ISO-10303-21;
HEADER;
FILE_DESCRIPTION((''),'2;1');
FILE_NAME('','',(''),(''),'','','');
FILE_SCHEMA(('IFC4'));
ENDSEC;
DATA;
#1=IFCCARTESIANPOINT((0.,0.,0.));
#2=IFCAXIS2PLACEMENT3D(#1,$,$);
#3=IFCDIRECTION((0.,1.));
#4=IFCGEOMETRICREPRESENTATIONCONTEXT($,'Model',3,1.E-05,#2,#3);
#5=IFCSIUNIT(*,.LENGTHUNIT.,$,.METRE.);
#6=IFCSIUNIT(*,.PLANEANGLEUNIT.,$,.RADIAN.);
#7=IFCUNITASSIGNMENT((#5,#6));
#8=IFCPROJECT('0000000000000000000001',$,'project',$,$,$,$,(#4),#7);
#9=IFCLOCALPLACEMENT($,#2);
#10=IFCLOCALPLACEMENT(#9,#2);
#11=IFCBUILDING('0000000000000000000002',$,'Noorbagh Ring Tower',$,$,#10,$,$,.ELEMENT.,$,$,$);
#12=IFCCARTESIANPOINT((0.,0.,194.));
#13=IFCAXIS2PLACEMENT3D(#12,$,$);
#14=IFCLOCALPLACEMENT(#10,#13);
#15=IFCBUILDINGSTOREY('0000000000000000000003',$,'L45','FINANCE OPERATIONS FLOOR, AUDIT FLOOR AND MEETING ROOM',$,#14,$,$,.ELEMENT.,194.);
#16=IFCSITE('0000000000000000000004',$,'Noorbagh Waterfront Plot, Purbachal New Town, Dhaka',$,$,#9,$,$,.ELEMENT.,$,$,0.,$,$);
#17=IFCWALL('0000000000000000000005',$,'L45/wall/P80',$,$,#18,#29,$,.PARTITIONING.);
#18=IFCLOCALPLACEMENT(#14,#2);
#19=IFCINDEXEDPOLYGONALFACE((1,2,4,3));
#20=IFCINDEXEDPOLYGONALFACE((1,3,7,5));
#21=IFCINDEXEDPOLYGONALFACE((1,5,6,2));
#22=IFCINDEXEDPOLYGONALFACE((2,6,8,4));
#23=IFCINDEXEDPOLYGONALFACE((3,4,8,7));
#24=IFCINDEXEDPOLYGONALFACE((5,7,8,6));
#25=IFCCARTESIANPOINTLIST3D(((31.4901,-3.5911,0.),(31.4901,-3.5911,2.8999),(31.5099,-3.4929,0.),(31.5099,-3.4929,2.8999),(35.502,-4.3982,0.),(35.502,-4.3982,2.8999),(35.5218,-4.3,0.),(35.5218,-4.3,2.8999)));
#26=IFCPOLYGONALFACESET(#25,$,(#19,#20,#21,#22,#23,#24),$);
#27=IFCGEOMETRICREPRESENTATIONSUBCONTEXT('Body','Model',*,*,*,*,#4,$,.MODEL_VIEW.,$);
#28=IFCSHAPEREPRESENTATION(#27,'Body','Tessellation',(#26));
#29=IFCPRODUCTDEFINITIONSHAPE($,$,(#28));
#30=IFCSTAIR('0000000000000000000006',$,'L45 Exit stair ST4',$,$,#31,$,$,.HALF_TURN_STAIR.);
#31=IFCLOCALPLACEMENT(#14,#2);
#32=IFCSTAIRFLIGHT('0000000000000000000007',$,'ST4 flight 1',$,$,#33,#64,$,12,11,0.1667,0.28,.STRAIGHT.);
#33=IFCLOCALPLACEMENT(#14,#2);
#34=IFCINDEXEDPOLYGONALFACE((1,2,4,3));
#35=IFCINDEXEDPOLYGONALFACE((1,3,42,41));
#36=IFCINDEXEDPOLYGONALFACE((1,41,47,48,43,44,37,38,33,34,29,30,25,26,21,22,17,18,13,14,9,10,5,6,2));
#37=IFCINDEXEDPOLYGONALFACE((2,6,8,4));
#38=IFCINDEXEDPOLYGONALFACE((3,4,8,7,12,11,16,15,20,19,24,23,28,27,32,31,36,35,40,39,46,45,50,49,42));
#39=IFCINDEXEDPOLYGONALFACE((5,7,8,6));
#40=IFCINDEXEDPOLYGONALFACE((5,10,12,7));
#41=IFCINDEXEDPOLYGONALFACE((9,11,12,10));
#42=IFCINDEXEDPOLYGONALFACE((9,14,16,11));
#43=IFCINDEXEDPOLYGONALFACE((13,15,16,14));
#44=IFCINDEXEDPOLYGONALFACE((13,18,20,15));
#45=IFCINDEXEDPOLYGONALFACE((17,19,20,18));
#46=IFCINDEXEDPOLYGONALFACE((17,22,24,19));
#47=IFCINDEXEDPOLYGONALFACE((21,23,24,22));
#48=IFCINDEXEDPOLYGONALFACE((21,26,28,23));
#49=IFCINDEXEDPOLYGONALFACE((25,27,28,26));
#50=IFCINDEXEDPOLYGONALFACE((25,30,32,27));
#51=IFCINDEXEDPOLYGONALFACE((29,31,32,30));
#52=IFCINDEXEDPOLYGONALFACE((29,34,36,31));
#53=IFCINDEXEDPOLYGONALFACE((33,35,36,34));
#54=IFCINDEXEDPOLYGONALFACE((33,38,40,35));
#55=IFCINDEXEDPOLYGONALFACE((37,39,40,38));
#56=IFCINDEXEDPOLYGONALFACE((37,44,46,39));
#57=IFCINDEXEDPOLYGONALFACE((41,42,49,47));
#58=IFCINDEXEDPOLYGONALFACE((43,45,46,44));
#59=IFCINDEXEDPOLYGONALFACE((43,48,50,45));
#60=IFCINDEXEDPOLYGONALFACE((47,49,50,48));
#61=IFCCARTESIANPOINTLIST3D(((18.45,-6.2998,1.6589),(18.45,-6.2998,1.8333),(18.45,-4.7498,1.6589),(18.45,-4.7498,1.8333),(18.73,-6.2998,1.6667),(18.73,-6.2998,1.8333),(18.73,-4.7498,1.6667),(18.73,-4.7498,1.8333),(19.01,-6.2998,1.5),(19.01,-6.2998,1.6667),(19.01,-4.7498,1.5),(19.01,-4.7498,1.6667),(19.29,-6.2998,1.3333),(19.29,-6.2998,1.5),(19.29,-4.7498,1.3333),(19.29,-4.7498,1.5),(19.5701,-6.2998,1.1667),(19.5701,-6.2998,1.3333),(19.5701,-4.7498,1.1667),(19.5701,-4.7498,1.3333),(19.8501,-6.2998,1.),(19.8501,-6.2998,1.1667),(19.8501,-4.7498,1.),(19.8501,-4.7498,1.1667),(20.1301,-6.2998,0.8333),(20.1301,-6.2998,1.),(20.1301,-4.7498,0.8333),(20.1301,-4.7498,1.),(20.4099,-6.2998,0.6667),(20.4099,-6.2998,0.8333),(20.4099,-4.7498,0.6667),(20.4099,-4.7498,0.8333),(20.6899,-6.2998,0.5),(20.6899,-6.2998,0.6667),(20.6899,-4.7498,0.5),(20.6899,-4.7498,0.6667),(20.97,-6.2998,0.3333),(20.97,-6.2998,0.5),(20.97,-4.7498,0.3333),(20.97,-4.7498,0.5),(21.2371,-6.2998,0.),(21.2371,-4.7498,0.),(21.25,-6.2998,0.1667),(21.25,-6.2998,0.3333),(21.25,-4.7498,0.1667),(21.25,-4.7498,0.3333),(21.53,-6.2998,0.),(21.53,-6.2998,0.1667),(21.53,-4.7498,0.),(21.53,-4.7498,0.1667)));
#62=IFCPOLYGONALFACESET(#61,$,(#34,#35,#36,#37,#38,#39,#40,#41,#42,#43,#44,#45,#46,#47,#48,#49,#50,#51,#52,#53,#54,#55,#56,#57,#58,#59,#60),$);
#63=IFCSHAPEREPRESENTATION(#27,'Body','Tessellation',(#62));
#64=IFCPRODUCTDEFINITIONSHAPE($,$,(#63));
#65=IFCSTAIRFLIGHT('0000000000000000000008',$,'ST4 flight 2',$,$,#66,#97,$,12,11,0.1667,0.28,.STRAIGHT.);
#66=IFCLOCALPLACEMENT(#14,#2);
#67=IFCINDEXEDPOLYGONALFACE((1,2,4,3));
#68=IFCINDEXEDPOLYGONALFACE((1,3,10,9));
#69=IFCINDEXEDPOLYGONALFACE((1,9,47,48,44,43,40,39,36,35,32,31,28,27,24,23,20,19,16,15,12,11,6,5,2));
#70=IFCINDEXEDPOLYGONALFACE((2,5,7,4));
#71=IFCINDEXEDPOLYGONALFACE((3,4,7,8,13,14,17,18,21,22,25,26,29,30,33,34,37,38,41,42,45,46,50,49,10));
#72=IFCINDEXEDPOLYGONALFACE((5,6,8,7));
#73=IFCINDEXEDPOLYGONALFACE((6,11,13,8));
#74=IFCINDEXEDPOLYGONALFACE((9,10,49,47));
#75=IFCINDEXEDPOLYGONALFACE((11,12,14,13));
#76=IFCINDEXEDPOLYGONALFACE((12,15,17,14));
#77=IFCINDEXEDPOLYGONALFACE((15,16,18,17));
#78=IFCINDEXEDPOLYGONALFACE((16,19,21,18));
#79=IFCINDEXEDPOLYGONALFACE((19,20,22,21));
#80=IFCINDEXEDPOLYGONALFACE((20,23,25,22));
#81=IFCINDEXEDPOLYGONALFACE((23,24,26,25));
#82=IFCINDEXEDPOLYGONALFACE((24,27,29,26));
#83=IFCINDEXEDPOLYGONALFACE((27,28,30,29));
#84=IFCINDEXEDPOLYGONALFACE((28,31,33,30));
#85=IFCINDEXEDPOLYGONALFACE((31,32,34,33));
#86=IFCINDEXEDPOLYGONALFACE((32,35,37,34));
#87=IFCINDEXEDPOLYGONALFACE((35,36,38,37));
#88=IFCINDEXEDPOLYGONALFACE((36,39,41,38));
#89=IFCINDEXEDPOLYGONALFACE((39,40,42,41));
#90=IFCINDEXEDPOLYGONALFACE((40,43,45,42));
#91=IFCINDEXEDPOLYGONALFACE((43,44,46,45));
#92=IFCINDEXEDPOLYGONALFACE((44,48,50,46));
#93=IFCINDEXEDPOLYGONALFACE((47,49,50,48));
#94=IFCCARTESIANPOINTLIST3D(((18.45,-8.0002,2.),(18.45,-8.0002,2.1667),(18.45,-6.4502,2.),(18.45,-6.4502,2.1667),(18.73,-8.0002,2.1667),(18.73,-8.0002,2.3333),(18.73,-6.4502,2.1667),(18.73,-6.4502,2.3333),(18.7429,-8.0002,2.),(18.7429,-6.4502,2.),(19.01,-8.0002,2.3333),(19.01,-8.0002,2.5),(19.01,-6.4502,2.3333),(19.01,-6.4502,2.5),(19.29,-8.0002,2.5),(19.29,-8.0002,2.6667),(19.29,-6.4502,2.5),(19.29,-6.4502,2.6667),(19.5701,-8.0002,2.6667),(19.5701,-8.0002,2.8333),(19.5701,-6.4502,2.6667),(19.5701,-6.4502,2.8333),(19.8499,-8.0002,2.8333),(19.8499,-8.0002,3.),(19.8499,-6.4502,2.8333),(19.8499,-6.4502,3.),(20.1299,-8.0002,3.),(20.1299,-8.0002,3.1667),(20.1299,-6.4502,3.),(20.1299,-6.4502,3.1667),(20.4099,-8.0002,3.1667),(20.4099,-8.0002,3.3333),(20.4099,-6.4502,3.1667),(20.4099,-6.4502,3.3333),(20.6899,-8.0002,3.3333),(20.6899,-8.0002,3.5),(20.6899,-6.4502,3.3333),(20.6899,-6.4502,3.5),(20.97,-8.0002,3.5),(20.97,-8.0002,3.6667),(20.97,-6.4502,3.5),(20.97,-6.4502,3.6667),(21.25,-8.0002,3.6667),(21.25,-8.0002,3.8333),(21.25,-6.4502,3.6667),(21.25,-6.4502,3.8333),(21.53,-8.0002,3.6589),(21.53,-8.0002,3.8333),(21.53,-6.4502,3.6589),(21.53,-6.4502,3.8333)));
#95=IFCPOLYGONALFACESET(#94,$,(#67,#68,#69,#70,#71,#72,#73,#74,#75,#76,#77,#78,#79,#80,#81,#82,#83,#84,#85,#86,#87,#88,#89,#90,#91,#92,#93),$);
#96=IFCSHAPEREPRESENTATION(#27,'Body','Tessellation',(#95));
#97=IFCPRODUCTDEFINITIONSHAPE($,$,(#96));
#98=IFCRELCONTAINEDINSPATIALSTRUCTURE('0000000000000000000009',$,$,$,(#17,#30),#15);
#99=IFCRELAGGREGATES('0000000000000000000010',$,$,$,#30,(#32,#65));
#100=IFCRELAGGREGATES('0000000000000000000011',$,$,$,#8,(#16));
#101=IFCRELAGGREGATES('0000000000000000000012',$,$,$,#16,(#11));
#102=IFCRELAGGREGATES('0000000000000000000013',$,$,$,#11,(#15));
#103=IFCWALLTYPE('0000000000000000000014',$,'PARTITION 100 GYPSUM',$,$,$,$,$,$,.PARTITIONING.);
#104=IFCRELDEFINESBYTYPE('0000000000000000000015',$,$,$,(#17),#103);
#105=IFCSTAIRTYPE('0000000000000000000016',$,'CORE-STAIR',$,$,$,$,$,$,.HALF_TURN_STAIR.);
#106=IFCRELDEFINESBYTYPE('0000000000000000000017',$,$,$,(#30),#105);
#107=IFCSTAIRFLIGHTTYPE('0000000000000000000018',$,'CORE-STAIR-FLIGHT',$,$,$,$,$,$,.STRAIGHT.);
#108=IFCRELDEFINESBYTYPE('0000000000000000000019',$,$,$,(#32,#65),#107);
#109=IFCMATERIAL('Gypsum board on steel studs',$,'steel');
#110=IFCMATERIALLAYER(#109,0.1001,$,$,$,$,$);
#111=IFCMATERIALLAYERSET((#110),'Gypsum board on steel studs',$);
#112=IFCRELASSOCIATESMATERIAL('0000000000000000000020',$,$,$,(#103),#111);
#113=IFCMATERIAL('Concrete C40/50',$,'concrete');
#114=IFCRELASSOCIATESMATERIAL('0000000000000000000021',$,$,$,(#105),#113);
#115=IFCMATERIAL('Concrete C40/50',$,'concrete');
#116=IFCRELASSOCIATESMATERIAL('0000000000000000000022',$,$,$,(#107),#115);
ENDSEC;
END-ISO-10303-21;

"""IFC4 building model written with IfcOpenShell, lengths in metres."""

from ifc_helpers import new_model, si_unit, direction, frame, frame_2d, origin, place, context, subcontext, project, spatial, polyline, rectangle, outline, extrude, material, layer, layer_set, type_object, element, aggregate, save


model = new_model("IFC4")

# Units and contexts
model_context = context("Model", 3, precision=1e-05, world=origin(), true_north=direction((0.0, 1.0)))
body_context = subcontext(model_context, "Body", "Model", "MODEL_VIEW")
ifc_project = project(units=[si_unit("LENGTHUNIT", "METRE"), si_unit("PLANEANGLEUNIT", "RADIAN")], contexts=[model_context])

# Site, building, storey
site_placement = place(None, origin())
site = spatial("IfcSite", under=ifc_project, at=site_placement, Name="Noorbagh Waterfront Plot, Purbachal New Town, Dhaka", CompositionType="ELEMENT", RefElevation=0.0)
building_placement = place(site_placement, origin())
building = spatial("IfcBuilding", under=site, at=building_placement, Name="Noorbagh Ring Tower", CompositionType="ELEMENT")
storey_placement = place(building_placement, frame((0.0, 0.0, 194.0)))
storey = spatial("IfcBuildingStorey", under=building, at=storey_placement, Name="L45", Description="FINANCE OPERATIONS FLOOR, AUDIT FLOOR AND MEETING ROOM", CompositionType="ELEMENT", Elevation=194.0)

# Wall
ifc_material_1 = material(Name="Gypsum board on steel studs", Category="steel")
ifc_layer_1 = layer(ifc_material_1, 0.1001)
ifc_layer_set_1 = layer_set([ifc_layer_1], Name="Gypsum board on steel studs")
wall_type_1 = type_object("IfcWallType", Name="PARTITION 100 GYPSUM", PredefinedType="PARTITIONING", material=ifc_layer_set_1)
wall_1_placement = place(storey_placement, frame((31.5, -3.542, 0.0), z_axis=(0.0, 0.0, 1.0), x_axis=(0.980357, -0.197229, 0.0)))
element("IfcWall", 1, at=wall_1_placement, inside=storey, type_object=wall_type_1, Name="L45/wall/P80", PredefinedType="PARTITIONING", context=body_context, shape_type="SweptSolid", body=[
    extrude(rectangle(XDim=4.0923, YDim=0.1001, at=frame_2d((2.0461, 0.0))), origin(), (0.0, 0.0, 1.0), 2.8999),
])

# Stair, stair flights
ifc_material_2 = material(Name="Concrete C40/50", Category="concrete")
stair_type = type_object("IfcStairType", Name="CORE-STAIR", PredefinedType="HALF_TURN_STAIR", material=ifc_material_2)
stair_placement = place(storey_placement, origin())
stair = element("IfcStair", 2, at=stair_placement, inside=storey, type_object=stair_type, Name="L45 Exit stair ST4", PredefinedType="HALF_TURN_STAIR")
ifc_material_3 = material(Name="Concrete C40/50", Category="concrete")
stair_flight_type = type_object("IfcStairFlightType", Name="CORE-STAIR-FLIGHT", PredefinedType="STRAIGHT", material=ifc_material_3)
stair_flight_1_placement = place(storey_placement, frame((21.53, -5.5249, 0.0), z_axis=(0.0, 0.0, 1.0), x_axis=(-1.0, 0.0, 0.0)))
stair_flight_1 = element("IfcStairFlight", 3, at=stair_flight_1_placement, type_object=stair_flight_type, Name="ST4 flight 1", NumberOfRisers=12, NumberOfTreads=11, PredefinedType="STRAIGHT", RiserHeight=0.1667, TreadLength=0.28, context=body_context, shape_type="SweptSolid", body=[
    extrude(outline(polyline([(0.0, 0.0), (0.0, 0.1667), (0.28, 0.1667), (0.28, 0.3333), (0.5601, 0.3333), (0.5601, 0.5), (0.8401, 0.5), (0.8401, 0.6667), (1.1201, 0.6667), (1.1201, 0.8333), (1.3999, 0.8333), (1.3999, 1.0), (1.6799, 1.0), (1.6799, 1.1667), (1.96, 1.1667), (1.96, 1.3333), (2.24, 1.3333), (2.24, 1.5), (2.52, 1.5), (2.52, 1.6667), (2.8, 1.6667), (2.8, 1.8333), (3.0801, 1.8333), (3.0801, 2.0), (3.0801, 1.6589), (0.293, 0.0), (0.0, 0.0)])), frame((0.0, 0.7749, 0.0), z_axis=(0.0, -1.0, 0.0), x_axis=(1.0, 0.0, 0.0)), (0.0, 0.0, 1.0), 1.55),
])
stair_flight_2_placement = place(storey_placement, frame((18.45, -7.2251, 2.0), z_axis=(0.0, 0.0, 1.0), x_axis=(1.0, 0.0, 0.0)))
stair_flight_2 = element("IfcStairFlight", 4, at=stair_flight_2_placement, type_object=stair_flight_type, Name="ST4 flight 2", NumberOfRisers=12, NumberOfTreads=11, PredefinedType="STRAIGHT", RiserHeight=0.1667, TreadLength=0.28, context=body_context, shape_type="SweptSolid", body=[
    extrude(outline(polyline([(0.0, 0.0), (0.0, 0.1667), (0.28, 0.1667), (0.28, 0.3333), (0.5601, 0.3333), (0.5601, 0.5), (0.8401, 0.5), (0.8401, 0.6667), (1.1201, 0.6667), (1.1201, 0.8333), (1.3999, 0.8333), (1.3999, 1.0), (1.6799, 1.0), (1.6799, 1.1667), (1.96, 1.1667), (1.96, 1.3333), (2.24, 1.3333), (2.24, 1.5), (2.52, 1.5), (2.52, 1.6667), (2.8, 1.6667), (2.8, 1.8333), (3.0801, 1.8333), (3.0801, 2.0), (3.0801, 1.6589), (0.293, 0.0), (0.0, 0.0)])), frame((0.0, 0.7749, 0.0), z_axis=(0.0, -1.0, 0.0), x_axis=(1.0, 0.0, 0.0)), (0.0, 0.0, 1.0), 1.55),
])
aggregate(stair, [stair_flight_1, stair_flight_2])

save(model, "model.ifc")
